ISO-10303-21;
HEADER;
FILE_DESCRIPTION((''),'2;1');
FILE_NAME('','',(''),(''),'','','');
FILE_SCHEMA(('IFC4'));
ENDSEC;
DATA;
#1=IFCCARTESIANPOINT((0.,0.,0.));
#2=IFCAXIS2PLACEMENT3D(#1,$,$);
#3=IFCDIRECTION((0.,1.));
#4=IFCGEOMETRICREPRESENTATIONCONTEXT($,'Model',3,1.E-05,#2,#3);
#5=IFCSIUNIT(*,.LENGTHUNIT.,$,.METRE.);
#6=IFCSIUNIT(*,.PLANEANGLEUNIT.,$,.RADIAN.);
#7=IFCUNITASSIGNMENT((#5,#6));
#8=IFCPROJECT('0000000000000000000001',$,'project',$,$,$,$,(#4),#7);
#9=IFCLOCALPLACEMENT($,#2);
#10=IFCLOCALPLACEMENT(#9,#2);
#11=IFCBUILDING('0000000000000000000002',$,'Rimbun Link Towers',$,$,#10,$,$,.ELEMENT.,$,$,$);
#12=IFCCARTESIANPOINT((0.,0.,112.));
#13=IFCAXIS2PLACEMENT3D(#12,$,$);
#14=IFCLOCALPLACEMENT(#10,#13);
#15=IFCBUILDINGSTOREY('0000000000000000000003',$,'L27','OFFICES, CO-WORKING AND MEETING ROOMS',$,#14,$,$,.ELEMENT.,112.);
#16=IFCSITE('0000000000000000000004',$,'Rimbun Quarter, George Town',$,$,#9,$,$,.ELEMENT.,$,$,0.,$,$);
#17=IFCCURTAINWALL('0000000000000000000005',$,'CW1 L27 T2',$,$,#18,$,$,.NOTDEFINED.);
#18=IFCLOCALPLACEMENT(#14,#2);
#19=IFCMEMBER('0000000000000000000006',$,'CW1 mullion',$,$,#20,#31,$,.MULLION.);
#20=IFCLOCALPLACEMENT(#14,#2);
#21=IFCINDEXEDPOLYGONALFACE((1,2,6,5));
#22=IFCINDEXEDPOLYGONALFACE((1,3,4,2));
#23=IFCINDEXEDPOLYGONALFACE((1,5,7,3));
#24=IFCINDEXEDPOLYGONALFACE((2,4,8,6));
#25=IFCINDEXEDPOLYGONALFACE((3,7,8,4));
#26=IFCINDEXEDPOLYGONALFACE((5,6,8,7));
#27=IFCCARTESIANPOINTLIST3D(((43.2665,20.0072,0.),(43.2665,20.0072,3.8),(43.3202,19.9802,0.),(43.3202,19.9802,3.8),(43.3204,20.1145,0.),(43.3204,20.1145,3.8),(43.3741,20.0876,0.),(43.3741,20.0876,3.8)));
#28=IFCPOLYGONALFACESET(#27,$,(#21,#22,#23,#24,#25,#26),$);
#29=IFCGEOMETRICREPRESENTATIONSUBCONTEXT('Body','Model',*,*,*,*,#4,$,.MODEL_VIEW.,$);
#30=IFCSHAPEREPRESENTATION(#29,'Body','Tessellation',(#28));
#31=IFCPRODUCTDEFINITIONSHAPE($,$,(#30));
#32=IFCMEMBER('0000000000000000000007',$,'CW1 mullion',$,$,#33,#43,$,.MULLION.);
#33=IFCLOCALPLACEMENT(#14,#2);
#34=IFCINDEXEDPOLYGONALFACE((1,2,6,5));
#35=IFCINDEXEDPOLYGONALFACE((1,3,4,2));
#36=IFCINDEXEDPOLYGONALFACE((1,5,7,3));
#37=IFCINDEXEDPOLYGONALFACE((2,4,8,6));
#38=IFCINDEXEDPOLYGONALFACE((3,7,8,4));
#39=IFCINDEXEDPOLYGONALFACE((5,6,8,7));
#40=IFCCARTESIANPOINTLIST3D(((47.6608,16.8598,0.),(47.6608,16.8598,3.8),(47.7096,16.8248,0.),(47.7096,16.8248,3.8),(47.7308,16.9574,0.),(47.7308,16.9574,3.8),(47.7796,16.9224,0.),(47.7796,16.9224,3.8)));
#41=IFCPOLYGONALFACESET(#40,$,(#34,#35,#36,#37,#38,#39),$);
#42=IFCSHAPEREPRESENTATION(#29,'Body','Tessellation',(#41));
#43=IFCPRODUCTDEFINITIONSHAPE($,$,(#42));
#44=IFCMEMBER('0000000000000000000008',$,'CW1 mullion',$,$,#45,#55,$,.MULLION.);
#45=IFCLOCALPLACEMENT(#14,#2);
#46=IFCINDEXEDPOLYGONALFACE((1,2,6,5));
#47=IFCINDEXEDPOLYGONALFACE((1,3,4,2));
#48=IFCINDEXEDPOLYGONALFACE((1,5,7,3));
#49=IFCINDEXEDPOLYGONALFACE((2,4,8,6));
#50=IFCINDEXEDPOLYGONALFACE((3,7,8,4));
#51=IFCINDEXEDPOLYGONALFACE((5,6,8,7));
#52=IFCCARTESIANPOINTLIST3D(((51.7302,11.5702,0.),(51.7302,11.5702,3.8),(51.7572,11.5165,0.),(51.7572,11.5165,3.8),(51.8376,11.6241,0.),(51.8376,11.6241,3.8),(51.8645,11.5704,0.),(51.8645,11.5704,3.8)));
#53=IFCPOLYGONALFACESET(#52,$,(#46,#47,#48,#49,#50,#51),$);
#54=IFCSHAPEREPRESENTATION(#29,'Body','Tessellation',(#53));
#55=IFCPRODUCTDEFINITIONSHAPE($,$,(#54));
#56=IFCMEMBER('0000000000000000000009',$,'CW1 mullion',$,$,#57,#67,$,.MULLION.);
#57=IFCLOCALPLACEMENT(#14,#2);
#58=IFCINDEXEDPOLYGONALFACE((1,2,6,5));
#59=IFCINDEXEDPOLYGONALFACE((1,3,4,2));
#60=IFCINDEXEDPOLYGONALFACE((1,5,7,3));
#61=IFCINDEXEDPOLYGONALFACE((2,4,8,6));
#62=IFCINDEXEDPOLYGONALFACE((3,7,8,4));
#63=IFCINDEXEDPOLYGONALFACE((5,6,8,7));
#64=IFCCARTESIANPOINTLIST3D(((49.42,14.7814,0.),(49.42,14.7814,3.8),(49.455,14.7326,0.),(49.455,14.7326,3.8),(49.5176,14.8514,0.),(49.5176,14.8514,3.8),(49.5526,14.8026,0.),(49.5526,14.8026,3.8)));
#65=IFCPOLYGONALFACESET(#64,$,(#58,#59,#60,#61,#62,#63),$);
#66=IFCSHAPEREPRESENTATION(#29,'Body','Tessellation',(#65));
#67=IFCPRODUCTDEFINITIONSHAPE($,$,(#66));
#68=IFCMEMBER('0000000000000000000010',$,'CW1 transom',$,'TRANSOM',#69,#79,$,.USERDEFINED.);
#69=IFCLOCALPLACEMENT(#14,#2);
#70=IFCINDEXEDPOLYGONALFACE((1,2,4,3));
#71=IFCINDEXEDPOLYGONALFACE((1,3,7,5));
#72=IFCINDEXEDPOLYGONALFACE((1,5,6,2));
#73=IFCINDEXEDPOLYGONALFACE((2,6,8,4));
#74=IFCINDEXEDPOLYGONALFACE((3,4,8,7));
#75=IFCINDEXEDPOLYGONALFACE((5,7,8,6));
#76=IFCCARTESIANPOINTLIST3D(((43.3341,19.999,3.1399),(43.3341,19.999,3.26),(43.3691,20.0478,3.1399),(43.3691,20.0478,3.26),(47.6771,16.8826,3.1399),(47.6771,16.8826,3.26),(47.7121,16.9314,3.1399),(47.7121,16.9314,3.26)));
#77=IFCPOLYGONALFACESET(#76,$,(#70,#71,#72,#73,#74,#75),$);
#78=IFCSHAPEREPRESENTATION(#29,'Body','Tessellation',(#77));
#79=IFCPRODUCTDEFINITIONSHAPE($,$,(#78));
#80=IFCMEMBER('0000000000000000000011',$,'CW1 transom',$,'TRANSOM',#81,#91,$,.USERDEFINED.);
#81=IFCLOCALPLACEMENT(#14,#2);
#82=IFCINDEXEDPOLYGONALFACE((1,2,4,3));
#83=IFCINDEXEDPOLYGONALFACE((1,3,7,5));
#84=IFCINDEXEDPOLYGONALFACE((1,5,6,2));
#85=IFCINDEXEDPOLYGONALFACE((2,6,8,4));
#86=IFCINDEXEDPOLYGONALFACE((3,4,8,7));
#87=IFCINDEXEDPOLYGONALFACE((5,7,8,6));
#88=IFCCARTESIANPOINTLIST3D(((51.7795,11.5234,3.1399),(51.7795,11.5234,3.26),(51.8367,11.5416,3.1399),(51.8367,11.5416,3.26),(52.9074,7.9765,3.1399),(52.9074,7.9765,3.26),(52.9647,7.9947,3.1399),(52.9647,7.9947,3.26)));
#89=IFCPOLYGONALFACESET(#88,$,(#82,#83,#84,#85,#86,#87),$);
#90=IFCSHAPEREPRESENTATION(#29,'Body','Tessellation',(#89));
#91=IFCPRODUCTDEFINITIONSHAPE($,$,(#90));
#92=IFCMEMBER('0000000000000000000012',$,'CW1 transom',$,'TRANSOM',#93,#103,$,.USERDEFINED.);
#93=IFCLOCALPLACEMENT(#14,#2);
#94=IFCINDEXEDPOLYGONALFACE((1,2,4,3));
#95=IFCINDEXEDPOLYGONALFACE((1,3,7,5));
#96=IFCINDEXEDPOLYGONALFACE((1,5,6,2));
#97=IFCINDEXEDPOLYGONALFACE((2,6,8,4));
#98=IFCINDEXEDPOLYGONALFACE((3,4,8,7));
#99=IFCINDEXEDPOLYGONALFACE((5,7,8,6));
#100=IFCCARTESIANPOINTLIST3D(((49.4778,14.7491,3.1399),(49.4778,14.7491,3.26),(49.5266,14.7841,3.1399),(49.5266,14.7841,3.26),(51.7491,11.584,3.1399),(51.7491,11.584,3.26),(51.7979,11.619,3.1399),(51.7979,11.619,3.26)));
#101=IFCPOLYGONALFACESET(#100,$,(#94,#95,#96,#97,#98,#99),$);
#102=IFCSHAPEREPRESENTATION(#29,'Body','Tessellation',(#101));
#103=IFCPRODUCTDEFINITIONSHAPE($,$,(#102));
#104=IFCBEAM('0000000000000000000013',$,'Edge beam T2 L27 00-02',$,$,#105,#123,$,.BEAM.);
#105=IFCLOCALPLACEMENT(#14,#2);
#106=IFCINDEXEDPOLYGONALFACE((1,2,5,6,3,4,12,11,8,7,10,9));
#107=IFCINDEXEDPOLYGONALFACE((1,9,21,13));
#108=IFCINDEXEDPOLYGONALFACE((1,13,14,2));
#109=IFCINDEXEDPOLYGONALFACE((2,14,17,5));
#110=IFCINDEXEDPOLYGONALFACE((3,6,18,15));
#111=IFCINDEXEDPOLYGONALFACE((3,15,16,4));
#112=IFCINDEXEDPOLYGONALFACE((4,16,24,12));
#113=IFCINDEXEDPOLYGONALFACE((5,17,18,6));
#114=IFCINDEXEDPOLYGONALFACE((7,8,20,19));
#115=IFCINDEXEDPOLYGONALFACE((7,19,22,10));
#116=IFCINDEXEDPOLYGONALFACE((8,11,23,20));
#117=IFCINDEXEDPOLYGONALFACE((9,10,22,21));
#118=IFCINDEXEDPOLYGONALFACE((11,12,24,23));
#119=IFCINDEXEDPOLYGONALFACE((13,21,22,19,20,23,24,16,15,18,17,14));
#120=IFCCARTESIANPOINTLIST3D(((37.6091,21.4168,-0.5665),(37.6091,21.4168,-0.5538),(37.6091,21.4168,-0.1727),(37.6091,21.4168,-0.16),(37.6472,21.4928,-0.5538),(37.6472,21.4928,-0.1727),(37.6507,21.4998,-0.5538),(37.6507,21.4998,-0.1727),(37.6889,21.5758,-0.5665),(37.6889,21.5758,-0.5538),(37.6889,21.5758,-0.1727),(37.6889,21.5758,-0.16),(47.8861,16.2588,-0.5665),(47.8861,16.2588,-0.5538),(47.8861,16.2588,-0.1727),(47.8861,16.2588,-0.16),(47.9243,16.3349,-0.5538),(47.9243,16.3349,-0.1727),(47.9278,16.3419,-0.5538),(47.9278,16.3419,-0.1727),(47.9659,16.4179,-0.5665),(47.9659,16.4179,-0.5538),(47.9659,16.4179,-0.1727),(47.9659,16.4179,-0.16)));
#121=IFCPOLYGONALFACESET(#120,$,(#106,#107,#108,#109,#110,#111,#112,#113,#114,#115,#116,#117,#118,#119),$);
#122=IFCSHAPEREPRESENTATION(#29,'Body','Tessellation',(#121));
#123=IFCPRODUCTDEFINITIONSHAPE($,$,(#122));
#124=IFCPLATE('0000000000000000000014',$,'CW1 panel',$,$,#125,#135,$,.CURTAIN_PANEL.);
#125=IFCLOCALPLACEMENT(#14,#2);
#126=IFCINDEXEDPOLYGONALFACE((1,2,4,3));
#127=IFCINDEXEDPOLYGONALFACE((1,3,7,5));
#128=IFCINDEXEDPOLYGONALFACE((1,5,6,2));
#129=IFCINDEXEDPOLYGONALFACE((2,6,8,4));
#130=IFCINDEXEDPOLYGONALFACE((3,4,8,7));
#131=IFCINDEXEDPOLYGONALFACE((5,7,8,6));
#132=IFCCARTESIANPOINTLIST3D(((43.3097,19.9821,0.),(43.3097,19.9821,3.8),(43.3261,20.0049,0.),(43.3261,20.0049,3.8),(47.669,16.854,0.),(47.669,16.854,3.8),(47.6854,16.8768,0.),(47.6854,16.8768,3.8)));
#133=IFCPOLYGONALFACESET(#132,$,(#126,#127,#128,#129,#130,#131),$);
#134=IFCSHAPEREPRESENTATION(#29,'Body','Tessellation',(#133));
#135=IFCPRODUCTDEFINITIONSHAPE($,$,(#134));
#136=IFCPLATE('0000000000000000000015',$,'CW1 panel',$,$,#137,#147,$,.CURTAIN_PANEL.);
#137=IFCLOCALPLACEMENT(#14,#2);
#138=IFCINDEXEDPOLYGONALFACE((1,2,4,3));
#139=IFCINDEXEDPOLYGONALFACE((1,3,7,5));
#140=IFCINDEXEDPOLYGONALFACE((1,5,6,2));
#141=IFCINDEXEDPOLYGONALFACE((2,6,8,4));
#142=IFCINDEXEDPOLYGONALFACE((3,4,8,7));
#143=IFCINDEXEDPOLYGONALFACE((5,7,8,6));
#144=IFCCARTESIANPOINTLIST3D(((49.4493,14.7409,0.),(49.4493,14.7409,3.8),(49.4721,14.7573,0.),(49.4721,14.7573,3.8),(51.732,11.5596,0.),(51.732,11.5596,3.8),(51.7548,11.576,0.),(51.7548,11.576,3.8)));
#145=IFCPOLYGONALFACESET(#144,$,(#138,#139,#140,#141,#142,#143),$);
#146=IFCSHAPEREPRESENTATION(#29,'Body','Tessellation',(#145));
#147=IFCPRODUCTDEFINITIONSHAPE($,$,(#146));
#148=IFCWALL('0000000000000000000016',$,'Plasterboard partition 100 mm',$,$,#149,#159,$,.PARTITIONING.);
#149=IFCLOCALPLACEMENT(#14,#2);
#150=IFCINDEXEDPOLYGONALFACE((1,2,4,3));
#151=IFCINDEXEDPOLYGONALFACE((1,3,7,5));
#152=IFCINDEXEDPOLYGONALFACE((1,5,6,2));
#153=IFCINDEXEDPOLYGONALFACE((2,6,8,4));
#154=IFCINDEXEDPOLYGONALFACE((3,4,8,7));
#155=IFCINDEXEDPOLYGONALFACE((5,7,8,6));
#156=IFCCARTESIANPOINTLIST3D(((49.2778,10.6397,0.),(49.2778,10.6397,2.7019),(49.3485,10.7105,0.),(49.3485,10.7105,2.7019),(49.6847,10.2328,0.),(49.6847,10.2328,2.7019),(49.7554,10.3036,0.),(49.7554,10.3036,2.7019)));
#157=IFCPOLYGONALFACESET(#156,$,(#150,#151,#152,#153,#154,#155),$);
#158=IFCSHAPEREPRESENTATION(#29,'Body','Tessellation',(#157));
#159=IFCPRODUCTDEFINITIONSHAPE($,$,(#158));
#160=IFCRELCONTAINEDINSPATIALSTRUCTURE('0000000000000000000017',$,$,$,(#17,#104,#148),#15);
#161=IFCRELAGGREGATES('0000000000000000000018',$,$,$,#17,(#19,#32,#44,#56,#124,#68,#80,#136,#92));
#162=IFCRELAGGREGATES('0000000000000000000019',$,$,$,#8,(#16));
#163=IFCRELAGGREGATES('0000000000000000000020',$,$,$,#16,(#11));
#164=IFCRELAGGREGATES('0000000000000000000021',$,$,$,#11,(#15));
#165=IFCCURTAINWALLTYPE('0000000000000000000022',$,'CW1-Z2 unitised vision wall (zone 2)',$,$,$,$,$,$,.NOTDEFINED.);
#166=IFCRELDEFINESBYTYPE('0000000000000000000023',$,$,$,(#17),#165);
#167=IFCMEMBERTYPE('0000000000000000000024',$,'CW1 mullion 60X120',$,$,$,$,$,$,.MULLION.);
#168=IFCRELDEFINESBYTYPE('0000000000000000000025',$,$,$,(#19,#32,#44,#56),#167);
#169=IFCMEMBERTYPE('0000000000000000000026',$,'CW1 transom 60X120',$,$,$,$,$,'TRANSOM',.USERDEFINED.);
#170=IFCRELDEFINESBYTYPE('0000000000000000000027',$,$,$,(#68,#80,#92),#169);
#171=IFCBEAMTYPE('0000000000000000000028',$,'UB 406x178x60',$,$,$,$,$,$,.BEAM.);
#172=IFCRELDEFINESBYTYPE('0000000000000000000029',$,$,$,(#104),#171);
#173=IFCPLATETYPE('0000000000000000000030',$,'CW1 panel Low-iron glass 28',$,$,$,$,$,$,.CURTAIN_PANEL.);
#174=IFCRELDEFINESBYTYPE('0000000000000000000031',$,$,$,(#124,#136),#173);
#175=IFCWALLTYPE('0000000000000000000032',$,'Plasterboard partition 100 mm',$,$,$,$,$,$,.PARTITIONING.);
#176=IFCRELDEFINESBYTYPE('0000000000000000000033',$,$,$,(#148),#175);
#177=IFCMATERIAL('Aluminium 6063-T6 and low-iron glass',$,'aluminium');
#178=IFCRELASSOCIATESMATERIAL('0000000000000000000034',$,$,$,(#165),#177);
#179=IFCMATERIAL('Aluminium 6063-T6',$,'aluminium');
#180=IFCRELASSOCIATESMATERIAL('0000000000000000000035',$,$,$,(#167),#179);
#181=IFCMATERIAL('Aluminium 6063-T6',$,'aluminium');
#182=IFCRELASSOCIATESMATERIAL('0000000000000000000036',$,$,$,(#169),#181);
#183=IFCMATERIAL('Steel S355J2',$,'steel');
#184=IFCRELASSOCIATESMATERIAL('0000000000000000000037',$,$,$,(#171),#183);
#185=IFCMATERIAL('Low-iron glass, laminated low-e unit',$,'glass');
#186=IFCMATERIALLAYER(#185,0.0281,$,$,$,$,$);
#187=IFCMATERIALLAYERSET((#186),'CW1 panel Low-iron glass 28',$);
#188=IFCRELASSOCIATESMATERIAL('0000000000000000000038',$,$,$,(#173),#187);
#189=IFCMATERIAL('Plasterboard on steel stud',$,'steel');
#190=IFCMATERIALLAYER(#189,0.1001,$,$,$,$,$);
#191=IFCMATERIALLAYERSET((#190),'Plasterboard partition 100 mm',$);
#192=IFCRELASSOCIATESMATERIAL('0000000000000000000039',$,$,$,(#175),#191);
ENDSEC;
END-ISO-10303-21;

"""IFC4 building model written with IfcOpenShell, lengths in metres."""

from ifc_helpers import new_model, si_unit, direction, frame, frame_2d, origin, origin_2d, place, context, subcontext, project, spatial, rectangle, i_section, extrude, material, layer, layer_set, material_profile, profile_set, type_object, element, aggregate, save


model = new_model("IFC4")

# Units and contexts
model_context = context("Model", 3, precision=1e-05, world=origin(), true_north=direction((0.0, 1.0)))
body_context = subcontext(model_context, "Body", "Model", "MODEL_VIEW")
ifc_project = project(units=[si_unit("LENGTHUNIT", "METRE"), si_unit("PLANEANGLEUNIT", "RADIAN")], contexts=[model_context])

# Site, building, storey
site_placement = place(None, origin())
site = spatial("IfcSite", under=ifc_project, at=site_placement, Name="Rimbun Quarter, George Town", CompositionType="ELEMENT", RefElevation=0.0)
building_placement = place(site_placement, origin())
building = spatial("IfcBuilding", under=site, at=building_placement, Name="Rimbun Link Towers", CompositionType="ELEMENT")
storey_placement = place(building_placement, frame((0.0, 0.0, 112.0)))
storey = spatial("IfcBuildingStorey", under=building, at=storey_placement, Name="L27", Description="OFFICES, CO-WORKING AND MEETING ROOMS", CompositionType="ELEMENT", Elevation=112.0)

# Curtain wall, members
ifc_material_1 = material(Name="Aluminium 6063-T6 and low-iron glass", Category="aluminium")
curtain_wall_type = type_object("IfcCurtainWallType", Name="CW1-Z2 unitised vision wall (zone 2)", PredefinedType="NOTDEFINED", material=ifc_material_1)
curtain_wall_placement = place(storey_placement, origin())
curtain_wall = element("IfcCurtainWall", 1, at=curtain_wall_placement, inside=storey, type_object=curtain_wall_type, Name="CW1 L27 T2", PredefinedType="NOTDEFINED")
ifc_material_2 = material(Name="Aluminium 6063-T6", Category="aluminium")
ifc_material_profile_1 = material_profile(ifc_material_2, rectangle(XDim=0.1201, YDim=0.0601, at=origin_2d()), Name="MULLION 60X120")
ifc_profile_set_1 = profile_set([ifc_material_profile_1], Name="Aluminium 6063-T6")
member_type_1 = type_object("IfcMemberType", Name="CW1 mullion 60X120", PredefinedType="MULLION", material=ifc_profile_set_1)
member_1_placement = place(storey_placement, frame((43.3203, 20.0474, 0.0), z_axis=(0.0, 0.0, 1.0), x_axis=(0.448567, 0.893749, 0.0)))
member_1 = element("IfcMember", 2, at=member_1_placement, type_object=member_type_1, Name="CW1 mullion", PredefinedType="MULLION", context=body_context, shape_type="SweptSolid", body=[
    extrude(rectangle(XDim=0.1201, YDim=0.0601, at=origin_2d()), origin(), (0.0, 0.0, 1.0), 3.8),
])
member_2_placement = place(storey_placement, frame((47.7202, 16.8911, 0.0), z_axis=(0.0, 0.0, 1.0), x_axis=(0.583007, 0.812467, 0.0)))
member_2 = element("IfcMember", 3, at=member_2_placement, type_object=member_type_1, Name="CW1 mullion", PredefinedType="MULLION", context=body_context, shape_type="SweptSolid", body=[
    extrude(rectangle(XDim=0.1201, YDim=0.0601, at=origin_2d()), origin(), (0.0, 0.0, 1.0), 3.8),
])
member_3_placement = place(storey_placement, frame((51.7974, 11.5703, 0.0), z_axis=(0.0, 0.0, 1.0), x_axis=(0.893749, 0.448567, 0.0)))
member_3 = element("IfcMember", 4, at=member_3_placement, type_object=member_type_1, Name="CW1 mullion", PredefinedType="MULLION", context=body_context, shape_type="SweptSolid", body=[
    extrude(rectangle(XDim=0.1201, YDim=0.0601, at=origin_2d()), origin(), (0.0, 0.0, 1.0), 3.8),
])
member_4_placement = place(storey_placement, frame((49.4863, 14.792, 0.0), z_axis=(0.0, 0.0, 1.0), x_axis=(0.812467, 0.583007, 0.0)))
member_4 = element("IfcMember", 5, at=member_4_placement, type_object=member_type_1, Name="CW1 mullion", PredefinedType="MULLION", context=body_context, shape_type="SweptSolid", body=[
    extrude(rectangle(XDim=0.1201, YDim=0.0601, at=origin_2d()), origin(), (0.0, 0.0, 1.0), 3.8),
])
ifc_material_3 = material(Name="Aluminium 6063-T6", Category="aluminium")
ifc_material_profile_2 = material_profile(ifc_material_3, rectangle(XDim=0.0601, YDim=0.1201, at=origin_2d()), Name="TRANSOM 60X120")
ifc_profile_set_2 = profile_set([ifc_material_profile_2], Name="Aluminium 6063-T6")
member_type_2 = type_object("IfcMemberType", Name="CW1 transom 60X120", ElementType="TRANSOM", PredefinedType="USERDEFINED", material=ifc_profile_set_2)
member_5_placement = place(storey_placement, frame((43.3516, 20.0234, 3.2), z_axis=(0.812466, -0.583008, 0.0), x_axis=(0.583008, 0.812466, 0.0)))
member_5 = element("IfcMember", 6, at=member_5_placement, type_object=member_type_2, Name="CW1 transom", ObjectType="TRANSOM", PredefinedType="USERDEFINED", context=body_context, shape_type="SweptSolid", body=[
    extrude(rectangle(XDim=0.0601, YDim=0.1201, at=origin_2d()), origin(), (0.0, 0.0, 1.0), 5.3455),
])
member_6_placement = place(storey_placement, frame((51.8081, 11.5325, 3.2), z_axis=(0.303052, -0.952974, 0.0), x_axis=(0.952974, 0.303052, 0.0)))
member_6 = element("IfcMember", 7, at=member_6_placement, type_object=member_type_2, Name="CW1 transom", ObjectType="TRANSOM", PredefinedType="USERDEFINED", context=body_context, shape_type="SweptSolid", body=[
    extrude(rectangle(XDim=0.0601, YDim=0.1201, at=origin_2d()), origin(), (0.0, 0.0, 1.0), 3.7219),
])
member_7_placement = place(storey_placement, frame((49.5022, 14.7666, 3.2), z_axis=(0.583021, -0.812457, 0.0), x_axis=(0.812457, 0.583021, 0.0)))
member_7 = element("IfcMember", 8, at=member_7_placement, type_object=member_type_2, Name="CW1 transom", ObjectType="TRANSOM", PredefinedType="USERDEFINED", context=body_context, shape_type="SweptSolid", body=[
    extrude(rectangle(XDim=0.0601, YDim=0.1201, at=origin_2d()), origin(), (0.0, 0.0, 1.0), 3.8958),
])

# Beam
ifc_material_4 = material(Name="Steel S355J2", Category="steel")
ifc_material_profile_3 = material_profile(ifc_material_4, i_section(OverallWidth=0.178, OverallDepth=0.4065, WebThickness=0.0078, FlangeThickness=0.0127, at=origin_2d()), Name="UB 406x178x60")
ifc_profile_set_3 = profile_set([ifc_material_profile_3], Name="Steel S355J2")
beam_type = type_object("IfcBeamType", Name="UB 406x178x60", PredefinedType="BEAM", material=ifc_profile_set_3)
beam_placement = place(storey_placement, frame((47.926, 16.3384, -0.3633), z_axis=(-0.893751, 0.448563, 0.0), x_axis=(-0.448563, -0.893751, 0.0)))
element("IfcBeam", 9, at=beam_placement, inside=storey, type_object=beam_type, Name="Edge beam T2 L27 00-02", PredefinedType="BEAM", context=body_context, shape_type="SweptSolid", body=[
    extrude(i_section(OverallWidth=0.178, OverallDepth=0.4065, WebThickness=0.0078, FlangeThickness=0.0127, at=origin_2d()), origin(), (0.0, 0.0, 1.0), 11.4988),
])

# Plates
ifc_material_5 = material(Name="Low-iron glass, laminated low-e unit", Category="glass")
ifc_layer_1 = layer(ifc_material_5, 0.0281)
ifc_layer_set_1 = layer_set([ifc_layer_1], Name="CW1 panel Low-iron glass 28")
plate_type = type_object("IfcPlateType", Name="CW1 panel Low-iron glass 28", PredefinedType="CURTAIN_PANEL", material=ifc_layer_set_1)
plate_1_placement = place(storey_placement, frame((45.4976, 18.4294, 0.0), z_axis=(0.0, 0.0, 1.0), x_axis=(0.812467, -0.583007, 0.0)))
plate_1 = element("IfcPlate", 10, at=plate_1_placement, type_object=plate_type, Name="CW1 panel", PredefinedType="CURTAIN_PANEL", context=body_context, shape_type="SweptSolid", body=[
    extrude(rectangle(XDim=5.3655, YDim=0.0281, at=origin_2d()), origin(), (0.0, 0.0, 1.0), 3.8),
])
plate_2_placement = place(storey_placement, frame((50.6021, 13.1584, 0.0), z_axis=(0.0, 0.0, 1.0), x_axis=(0.583007, -0.812467, 0.0)))
plate_2 = element("IfcPlate", 11, at=plate_2_placement, type_object=plate_type, Name="CW1 panel", PredefinedType="CURTAIN_PANEL", context=body_context, shape_type="SweptSolid", body=[
    extrude(rectangle(XDim=3.9155, YDim=0.0281, at=origin_2d()), origin(), (0.0, 0.0, 1.0), 3.8),
])
aggregate(curtain_wall, [member_1, member_2, member_3, member_4, plate_1, member_5, member_6, plate_2, member_7])

# Wall
ifc_material_6 = material(Name="Plasterboard on steel stud", Category="steel")
ifc_layer_2 = layer(ifc_material_6, 0.1001)
ifc_layer_set_2 = layer_set([ifc_layer_2], Name="Plasterboard partition 100 mm")
wall_type = type_object("IfcWallType", Name="Plasterboard partition 100 mm", PredefinedType="PARTITIONING", material=ifc_layer_set_2)
wall_placement = place(storey_placement, frame((49.72, 10.2683, 0.0), z_axis=(0.0, 0.0, 1.0), x_axis=(-0.707107, 0.707107, 0.0)))
element("IfcWall", 12, at=wall_placement, inside=storey, type_object=wall_type, Name="Plasterboard partition 100 mm", PredefinedType="PARTITIONING", context=body_context, shape_type="SweptSolid", body=[
    extrude(rectangle(XDim=0.5754, YDim=0.1001, at=frame_2d((0.2876, 0.0))), origin(), (0.0, 0.0, 1.0), 2.7019),
])

save(model, "model.ifc")
